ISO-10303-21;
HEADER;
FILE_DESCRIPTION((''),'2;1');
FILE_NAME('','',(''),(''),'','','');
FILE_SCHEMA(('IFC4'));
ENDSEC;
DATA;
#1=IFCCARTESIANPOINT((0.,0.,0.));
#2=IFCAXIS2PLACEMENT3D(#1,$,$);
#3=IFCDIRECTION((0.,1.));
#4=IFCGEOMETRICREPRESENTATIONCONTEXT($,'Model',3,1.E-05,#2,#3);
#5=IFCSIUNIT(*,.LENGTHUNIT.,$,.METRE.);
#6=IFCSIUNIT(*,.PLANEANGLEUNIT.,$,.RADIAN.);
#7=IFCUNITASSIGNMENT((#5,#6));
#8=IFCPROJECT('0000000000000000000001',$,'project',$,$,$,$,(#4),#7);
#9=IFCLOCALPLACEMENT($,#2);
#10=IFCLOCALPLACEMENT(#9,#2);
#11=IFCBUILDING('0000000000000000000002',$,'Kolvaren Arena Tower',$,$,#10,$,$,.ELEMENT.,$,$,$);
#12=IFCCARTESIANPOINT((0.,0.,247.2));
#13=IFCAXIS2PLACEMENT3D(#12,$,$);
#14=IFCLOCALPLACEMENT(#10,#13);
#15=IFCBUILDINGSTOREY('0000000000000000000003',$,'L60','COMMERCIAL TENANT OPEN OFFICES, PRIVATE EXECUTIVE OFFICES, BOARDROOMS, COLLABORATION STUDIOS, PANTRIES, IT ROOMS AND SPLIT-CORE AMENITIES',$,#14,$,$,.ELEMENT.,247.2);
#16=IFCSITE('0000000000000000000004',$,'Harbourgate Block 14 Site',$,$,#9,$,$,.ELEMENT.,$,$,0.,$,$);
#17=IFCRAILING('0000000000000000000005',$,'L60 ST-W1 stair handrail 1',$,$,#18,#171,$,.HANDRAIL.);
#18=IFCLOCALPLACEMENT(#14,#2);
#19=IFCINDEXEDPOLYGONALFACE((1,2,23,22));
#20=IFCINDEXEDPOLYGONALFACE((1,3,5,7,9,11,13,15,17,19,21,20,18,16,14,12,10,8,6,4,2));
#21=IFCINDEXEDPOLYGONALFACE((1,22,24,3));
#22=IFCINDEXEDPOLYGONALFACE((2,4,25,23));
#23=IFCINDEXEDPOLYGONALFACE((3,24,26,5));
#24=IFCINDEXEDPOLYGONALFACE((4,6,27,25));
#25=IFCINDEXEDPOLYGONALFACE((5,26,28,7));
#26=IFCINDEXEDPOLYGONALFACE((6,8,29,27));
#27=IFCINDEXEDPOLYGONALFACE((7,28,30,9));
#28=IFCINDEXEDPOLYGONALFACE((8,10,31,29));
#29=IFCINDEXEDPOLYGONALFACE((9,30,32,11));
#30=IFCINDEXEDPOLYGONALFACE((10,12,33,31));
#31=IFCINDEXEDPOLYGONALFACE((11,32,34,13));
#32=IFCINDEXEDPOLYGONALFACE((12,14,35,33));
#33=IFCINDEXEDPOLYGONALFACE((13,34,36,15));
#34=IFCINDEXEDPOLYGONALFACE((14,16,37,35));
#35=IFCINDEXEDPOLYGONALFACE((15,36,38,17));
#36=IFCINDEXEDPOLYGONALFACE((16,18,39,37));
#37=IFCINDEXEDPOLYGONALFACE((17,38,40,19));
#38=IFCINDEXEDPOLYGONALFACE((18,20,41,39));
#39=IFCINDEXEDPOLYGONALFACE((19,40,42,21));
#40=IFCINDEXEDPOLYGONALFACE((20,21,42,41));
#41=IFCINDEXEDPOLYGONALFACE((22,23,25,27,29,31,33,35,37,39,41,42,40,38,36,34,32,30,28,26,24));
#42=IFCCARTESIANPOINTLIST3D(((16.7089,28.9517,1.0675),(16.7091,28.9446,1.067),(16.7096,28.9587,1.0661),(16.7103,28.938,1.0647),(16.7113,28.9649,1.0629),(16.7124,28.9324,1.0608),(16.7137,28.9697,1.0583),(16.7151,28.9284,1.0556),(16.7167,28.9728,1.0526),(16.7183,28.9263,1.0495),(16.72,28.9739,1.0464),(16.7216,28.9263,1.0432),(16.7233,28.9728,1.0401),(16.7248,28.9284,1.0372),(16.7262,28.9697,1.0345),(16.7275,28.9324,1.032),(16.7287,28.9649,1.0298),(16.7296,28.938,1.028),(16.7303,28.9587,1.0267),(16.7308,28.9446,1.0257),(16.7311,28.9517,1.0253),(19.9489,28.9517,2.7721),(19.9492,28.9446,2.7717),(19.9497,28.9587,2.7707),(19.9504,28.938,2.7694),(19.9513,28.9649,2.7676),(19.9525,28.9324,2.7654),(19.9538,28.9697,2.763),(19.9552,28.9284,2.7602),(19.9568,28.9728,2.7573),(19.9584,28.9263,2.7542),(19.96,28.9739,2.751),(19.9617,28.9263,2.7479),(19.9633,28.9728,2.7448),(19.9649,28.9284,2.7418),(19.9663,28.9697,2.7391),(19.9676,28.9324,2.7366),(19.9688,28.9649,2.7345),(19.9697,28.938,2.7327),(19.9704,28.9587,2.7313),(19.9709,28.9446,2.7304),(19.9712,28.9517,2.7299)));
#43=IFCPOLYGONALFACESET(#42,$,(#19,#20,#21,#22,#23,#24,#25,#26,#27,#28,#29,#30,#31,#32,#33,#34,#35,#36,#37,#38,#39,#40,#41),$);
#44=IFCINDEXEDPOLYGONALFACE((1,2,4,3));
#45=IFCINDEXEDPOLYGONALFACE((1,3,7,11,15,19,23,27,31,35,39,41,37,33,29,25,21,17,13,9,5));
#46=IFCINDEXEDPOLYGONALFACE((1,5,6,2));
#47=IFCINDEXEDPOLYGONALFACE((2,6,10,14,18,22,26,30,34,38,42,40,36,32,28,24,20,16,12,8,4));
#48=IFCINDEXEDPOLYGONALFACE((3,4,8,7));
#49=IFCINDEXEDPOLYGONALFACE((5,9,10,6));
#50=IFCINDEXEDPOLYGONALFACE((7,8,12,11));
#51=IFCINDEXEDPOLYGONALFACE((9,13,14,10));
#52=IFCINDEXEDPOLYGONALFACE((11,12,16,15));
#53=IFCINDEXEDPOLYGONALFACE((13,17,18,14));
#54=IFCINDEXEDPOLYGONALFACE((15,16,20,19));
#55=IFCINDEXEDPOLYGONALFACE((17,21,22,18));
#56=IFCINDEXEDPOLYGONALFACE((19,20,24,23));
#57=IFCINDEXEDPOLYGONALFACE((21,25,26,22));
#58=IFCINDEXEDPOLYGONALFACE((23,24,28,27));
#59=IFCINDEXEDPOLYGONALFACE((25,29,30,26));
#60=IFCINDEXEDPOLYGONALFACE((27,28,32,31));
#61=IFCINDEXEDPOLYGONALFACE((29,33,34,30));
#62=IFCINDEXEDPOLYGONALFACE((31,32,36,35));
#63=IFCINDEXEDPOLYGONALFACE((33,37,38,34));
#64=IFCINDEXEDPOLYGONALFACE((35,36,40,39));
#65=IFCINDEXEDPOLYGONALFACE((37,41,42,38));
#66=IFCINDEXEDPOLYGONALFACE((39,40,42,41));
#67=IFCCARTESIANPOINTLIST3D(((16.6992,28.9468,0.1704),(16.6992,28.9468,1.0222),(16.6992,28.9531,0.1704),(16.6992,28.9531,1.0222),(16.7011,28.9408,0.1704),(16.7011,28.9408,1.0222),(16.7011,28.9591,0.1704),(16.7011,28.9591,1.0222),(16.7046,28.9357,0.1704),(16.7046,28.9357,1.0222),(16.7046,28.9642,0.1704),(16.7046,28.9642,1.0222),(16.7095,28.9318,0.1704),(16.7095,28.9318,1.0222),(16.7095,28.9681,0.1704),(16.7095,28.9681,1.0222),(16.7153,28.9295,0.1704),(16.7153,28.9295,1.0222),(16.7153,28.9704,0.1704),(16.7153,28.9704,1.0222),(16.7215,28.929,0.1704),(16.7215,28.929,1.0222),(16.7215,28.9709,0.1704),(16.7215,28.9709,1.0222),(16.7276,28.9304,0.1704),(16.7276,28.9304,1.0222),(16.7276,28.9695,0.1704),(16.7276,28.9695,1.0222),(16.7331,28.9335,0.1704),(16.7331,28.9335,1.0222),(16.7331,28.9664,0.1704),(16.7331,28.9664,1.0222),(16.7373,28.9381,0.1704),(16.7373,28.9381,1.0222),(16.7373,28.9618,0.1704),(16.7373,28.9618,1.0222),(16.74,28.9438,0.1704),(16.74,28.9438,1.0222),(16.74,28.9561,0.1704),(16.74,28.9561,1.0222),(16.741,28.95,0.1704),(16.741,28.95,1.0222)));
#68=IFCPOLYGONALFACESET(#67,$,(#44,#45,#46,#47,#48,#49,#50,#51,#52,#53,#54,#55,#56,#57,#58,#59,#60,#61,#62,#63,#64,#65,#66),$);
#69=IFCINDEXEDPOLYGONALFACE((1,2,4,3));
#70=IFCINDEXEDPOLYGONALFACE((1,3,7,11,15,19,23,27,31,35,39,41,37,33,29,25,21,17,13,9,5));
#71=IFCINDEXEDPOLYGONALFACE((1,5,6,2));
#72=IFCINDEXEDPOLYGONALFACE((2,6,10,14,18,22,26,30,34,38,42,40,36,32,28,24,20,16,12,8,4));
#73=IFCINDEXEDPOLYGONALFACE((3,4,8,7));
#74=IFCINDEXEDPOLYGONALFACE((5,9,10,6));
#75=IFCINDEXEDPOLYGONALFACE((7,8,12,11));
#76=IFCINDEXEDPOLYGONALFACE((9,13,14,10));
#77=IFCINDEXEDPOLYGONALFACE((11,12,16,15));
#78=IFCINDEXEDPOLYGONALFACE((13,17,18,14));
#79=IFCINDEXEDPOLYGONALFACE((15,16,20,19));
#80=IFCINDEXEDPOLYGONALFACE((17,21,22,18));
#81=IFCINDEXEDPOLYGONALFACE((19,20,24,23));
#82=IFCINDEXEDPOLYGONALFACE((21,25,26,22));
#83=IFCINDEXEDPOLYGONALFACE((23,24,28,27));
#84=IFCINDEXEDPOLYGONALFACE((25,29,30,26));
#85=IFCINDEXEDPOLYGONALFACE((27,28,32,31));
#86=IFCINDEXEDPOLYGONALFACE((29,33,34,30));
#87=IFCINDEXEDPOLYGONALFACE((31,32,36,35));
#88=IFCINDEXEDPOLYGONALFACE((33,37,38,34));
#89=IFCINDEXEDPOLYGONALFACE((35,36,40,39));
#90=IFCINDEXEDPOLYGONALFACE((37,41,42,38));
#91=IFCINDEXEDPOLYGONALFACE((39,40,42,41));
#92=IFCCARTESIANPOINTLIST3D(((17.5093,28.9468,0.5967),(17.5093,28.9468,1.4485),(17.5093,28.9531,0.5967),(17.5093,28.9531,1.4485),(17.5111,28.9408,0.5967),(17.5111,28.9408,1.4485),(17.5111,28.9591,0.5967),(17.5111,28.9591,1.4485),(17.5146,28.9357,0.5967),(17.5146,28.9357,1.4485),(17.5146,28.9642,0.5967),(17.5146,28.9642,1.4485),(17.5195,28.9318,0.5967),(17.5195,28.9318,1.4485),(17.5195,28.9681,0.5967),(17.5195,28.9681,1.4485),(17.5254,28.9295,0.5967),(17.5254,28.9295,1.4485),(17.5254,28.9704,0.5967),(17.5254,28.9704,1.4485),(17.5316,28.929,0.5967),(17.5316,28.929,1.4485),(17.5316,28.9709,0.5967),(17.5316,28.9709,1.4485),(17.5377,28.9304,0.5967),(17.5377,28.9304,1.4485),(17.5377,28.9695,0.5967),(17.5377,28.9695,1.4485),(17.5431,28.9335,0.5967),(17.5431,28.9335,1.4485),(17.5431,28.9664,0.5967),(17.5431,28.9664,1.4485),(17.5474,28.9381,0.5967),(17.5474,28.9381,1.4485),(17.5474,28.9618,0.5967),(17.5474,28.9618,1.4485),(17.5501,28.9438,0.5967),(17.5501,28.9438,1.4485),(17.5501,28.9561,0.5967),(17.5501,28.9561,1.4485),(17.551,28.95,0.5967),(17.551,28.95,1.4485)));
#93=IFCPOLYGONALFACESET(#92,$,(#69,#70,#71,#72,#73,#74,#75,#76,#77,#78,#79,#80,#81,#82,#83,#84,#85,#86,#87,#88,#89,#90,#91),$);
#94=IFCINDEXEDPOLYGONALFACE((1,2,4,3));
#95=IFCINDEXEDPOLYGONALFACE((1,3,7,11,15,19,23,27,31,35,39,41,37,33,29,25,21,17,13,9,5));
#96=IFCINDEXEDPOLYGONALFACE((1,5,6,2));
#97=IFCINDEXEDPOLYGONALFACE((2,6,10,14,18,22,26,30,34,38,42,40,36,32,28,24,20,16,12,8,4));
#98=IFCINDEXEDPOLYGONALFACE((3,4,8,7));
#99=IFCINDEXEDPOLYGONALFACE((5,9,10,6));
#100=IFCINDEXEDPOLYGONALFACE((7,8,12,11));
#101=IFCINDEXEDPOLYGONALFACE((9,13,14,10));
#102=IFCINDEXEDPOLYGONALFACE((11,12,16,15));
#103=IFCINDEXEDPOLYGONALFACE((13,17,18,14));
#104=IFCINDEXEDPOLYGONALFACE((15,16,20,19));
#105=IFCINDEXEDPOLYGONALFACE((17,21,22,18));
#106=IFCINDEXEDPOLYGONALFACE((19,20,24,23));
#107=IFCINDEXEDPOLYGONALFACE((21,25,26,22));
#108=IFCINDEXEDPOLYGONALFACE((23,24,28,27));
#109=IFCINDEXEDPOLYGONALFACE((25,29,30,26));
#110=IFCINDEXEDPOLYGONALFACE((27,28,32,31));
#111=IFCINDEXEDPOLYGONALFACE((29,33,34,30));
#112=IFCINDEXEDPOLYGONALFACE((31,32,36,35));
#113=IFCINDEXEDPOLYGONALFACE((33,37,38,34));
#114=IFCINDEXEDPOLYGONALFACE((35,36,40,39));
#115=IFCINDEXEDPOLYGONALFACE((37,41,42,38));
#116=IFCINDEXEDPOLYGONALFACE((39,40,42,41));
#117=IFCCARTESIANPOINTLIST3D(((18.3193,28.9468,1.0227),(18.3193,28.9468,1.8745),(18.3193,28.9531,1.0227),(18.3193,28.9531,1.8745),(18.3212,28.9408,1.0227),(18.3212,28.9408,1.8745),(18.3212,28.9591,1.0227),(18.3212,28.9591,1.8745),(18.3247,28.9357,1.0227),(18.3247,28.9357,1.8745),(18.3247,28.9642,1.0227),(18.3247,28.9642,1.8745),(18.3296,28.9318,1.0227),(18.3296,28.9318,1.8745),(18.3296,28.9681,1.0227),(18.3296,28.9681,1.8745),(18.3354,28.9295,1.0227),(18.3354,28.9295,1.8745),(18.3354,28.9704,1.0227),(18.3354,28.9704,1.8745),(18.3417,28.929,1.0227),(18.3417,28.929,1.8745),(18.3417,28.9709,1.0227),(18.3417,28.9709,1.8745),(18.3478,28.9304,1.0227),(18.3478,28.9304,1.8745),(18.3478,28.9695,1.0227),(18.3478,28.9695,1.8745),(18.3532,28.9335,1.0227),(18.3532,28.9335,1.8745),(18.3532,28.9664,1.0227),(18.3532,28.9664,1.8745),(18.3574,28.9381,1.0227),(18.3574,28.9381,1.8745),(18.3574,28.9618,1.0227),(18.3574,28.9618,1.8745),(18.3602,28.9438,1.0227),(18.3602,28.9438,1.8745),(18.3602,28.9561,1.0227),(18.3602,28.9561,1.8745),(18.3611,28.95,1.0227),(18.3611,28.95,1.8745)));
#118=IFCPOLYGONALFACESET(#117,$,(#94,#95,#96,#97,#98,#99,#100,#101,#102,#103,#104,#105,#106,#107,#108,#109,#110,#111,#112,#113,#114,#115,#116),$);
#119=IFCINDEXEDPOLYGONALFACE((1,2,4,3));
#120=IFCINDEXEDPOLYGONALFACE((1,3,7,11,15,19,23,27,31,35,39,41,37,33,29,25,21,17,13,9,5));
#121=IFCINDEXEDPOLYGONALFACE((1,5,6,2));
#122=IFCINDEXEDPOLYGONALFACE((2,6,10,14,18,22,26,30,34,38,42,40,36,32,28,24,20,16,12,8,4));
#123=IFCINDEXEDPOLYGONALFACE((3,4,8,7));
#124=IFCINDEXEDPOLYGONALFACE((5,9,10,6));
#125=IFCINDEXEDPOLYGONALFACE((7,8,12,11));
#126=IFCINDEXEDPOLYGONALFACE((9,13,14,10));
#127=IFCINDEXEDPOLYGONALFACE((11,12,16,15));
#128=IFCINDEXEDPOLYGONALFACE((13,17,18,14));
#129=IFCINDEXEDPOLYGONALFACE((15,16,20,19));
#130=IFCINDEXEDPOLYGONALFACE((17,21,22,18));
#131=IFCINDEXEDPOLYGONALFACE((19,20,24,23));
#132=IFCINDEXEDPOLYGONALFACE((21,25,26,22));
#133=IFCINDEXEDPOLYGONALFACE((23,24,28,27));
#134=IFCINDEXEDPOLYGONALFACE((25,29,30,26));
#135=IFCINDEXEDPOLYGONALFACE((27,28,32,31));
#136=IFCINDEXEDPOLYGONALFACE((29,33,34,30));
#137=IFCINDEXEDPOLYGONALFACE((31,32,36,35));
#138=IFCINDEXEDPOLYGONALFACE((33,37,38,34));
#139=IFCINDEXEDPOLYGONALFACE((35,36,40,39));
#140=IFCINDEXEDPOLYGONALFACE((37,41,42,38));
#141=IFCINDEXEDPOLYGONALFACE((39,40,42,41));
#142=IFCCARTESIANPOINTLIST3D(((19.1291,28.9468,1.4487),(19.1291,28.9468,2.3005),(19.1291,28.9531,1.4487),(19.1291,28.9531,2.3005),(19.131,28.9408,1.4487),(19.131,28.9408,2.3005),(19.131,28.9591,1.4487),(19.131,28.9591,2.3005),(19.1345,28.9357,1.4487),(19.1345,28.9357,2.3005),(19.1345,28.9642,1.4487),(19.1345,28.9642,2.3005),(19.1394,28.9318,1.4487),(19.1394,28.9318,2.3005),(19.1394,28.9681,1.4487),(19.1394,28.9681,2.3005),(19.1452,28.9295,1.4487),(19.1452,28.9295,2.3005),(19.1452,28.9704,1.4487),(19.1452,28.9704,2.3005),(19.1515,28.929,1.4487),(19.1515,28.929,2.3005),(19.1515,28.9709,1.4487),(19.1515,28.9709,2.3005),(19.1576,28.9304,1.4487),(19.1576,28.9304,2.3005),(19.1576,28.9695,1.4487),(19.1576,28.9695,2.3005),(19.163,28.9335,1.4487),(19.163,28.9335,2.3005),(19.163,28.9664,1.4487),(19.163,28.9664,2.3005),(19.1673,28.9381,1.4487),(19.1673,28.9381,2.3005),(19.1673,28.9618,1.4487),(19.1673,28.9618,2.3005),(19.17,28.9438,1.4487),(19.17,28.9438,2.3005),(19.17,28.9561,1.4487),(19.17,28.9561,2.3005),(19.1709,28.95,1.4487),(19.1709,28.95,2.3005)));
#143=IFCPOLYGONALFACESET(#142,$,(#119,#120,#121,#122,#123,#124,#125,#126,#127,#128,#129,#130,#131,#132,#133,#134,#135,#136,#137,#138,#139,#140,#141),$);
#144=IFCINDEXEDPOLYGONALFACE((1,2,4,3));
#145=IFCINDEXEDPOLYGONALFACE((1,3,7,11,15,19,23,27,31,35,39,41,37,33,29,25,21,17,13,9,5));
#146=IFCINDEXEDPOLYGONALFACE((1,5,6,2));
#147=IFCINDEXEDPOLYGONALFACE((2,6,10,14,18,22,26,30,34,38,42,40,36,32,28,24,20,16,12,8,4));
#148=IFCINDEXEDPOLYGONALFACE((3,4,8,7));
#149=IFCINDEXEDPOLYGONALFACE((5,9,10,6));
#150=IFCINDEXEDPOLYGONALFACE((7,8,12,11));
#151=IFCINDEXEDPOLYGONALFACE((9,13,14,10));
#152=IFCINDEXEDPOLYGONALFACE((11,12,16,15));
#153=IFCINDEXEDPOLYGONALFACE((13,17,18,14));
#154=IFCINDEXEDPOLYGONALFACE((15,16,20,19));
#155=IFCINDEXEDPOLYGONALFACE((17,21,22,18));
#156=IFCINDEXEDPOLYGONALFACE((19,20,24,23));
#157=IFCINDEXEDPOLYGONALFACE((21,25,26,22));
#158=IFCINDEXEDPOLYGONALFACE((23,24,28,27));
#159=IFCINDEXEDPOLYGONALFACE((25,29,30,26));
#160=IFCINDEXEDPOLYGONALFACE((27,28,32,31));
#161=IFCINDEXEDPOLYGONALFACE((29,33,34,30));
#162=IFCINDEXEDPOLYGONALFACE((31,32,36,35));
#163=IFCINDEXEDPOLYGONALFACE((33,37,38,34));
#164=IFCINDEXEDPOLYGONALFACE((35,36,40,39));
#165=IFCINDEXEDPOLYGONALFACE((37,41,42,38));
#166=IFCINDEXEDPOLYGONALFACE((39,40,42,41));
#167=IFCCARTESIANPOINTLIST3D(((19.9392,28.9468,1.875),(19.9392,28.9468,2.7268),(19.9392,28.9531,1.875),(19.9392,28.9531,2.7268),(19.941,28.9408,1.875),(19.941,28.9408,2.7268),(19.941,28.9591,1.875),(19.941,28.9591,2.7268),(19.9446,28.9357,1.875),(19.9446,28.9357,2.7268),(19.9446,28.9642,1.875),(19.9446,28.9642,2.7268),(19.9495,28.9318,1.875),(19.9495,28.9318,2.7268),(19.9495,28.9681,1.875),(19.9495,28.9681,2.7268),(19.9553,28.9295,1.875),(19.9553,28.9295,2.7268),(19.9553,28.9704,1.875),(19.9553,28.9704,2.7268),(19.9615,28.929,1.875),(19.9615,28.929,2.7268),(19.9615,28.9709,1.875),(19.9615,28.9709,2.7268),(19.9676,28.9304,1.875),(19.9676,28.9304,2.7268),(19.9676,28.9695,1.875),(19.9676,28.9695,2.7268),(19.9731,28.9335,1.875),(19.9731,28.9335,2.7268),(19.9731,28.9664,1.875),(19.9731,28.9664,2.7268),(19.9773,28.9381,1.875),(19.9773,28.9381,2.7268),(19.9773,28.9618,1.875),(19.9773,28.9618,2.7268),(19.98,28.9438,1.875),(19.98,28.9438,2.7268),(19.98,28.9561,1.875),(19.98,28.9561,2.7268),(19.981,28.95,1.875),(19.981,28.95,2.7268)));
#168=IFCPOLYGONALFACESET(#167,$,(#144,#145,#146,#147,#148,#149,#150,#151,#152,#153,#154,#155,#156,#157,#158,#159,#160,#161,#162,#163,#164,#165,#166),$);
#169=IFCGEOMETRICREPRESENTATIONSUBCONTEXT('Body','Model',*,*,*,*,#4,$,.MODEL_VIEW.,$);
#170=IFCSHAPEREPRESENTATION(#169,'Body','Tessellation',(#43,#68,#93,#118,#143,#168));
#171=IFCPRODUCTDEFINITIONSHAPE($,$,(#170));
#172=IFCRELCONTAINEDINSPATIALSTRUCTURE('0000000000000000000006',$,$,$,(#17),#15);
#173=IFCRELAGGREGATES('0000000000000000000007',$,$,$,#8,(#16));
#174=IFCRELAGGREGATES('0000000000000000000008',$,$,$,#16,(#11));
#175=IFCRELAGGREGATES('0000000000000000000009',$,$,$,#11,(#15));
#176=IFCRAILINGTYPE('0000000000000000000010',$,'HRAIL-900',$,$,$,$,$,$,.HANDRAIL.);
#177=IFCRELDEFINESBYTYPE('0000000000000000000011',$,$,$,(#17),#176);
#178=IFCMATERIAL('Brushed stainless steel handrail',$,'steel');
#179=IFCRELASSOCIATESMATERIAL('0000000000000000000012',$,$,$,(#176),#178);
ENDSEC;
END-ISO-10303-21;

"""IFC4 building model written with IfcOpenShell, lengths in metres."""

from ifc_helpers import new_model, si_unit, direction, frame, origin, origin_2d, place, context, subcontext, project, spatial, circle, extrude, material, type_object, element, save


model = new_model("IFC4")

# Units and contexts
model_context = context("Model", 3, precision=1e-05, world=origin(), true_north=direction((0.0, 1.0)))
body_context = subcontext(model_context, "Body", "Model", "MODEL_VIEW")
ifc_project = project(units=[si_unit("LENGTHUNIT", "METRE"), si_unit("PLANEANGLEUNIT", "RADIAN")], contexts=[model_context])

# Site, building, storey
site_placement = place(None, origin())
site = spatial("IfcSite", under=ifc_project, at=site_placement, Name="Harbourgate Block 14 Site", CompositionType="ELEMENT", RefElevation=0.0)
building_placement = place(site_placement, origin())
building = spatial("IfcBuilding", under=site, at=building_placement, Name="Kolvaren Arena Tower", CompositionType="ELEMENT")
storey_placement = place(building_placement, frame((0.0, 0.0, 247.2)))
storey = spatial("IfcBuildingStorey", under=building, at=storey_placement, Name="L60", Description="COMMERCIAL TENANT OPEN OFFICES, PRIVATE EXECUTIVE OFFICES, BOARDROOMS, COLLABORATION STUDIOS, PANTRIES, IT ROOMS AND SPLIT-CORE AMENITIES", CompositionType="ELEMENT", Elevation=247.2)

# Railing
ifc_material_1 = material(Name="Brushed stainless steel handrail", Category="steel")
railing_type_1 = type_object("IfcRailingType", Name="HRAIL-900", PredefinedType="HANDRAIL", material=ifc_material_1)
railing_1_placement = place(storey_placement, frame((16.72, 28.95, 0.1704)))
element("IfcRailing", 1, at=railing_1_placement, inside=storey, type_object=railing_type_1, Name="L60 ST-W1 stair handrail 1", PredefinedType="HANDRAIL", context=body_context, shape_type="SweptSolid", body=[
    extrude(circle(Radius=0.0239, at=origin_2d()), frame((0.0, 0.0, 0.876), z_axis=(0.884993, 0.0, 0.465604), x_axis=(0.0, 1.0, 0.0)), (0.0, 0.0, 1.0), 3.6611),
    extrude(circle(Radius=0.021, at=origin_2d()), origin(), (0.0, 0.0, 1.0), 0.8518),
    extrude(circle(Radius=0.021, at=origin_2d()), frame((0.8101, 0.0, 0.4263)), (0.0, 0.0, 1.0), 0.8518),
    extrude(circle(Radius=0.021, at=origin_2d()), frame((1.6201, 0.0, 0.8523)), (0.0, 0.0, 1.0), 0.8518),
    extrude(circle(Radius=0.021, at=origin_2d()), frame((2.4299, 0.0, 1.2783)), (0.0, 0.0, 1.0), 0.8518),
    extrude(circle(Radius=0.021, at=origin_2d()), frame((3.24, 0.0, 1.7046)), (0.0, 0.0, 1.0), 0.8518),
])

save(model, "model.ifc")
